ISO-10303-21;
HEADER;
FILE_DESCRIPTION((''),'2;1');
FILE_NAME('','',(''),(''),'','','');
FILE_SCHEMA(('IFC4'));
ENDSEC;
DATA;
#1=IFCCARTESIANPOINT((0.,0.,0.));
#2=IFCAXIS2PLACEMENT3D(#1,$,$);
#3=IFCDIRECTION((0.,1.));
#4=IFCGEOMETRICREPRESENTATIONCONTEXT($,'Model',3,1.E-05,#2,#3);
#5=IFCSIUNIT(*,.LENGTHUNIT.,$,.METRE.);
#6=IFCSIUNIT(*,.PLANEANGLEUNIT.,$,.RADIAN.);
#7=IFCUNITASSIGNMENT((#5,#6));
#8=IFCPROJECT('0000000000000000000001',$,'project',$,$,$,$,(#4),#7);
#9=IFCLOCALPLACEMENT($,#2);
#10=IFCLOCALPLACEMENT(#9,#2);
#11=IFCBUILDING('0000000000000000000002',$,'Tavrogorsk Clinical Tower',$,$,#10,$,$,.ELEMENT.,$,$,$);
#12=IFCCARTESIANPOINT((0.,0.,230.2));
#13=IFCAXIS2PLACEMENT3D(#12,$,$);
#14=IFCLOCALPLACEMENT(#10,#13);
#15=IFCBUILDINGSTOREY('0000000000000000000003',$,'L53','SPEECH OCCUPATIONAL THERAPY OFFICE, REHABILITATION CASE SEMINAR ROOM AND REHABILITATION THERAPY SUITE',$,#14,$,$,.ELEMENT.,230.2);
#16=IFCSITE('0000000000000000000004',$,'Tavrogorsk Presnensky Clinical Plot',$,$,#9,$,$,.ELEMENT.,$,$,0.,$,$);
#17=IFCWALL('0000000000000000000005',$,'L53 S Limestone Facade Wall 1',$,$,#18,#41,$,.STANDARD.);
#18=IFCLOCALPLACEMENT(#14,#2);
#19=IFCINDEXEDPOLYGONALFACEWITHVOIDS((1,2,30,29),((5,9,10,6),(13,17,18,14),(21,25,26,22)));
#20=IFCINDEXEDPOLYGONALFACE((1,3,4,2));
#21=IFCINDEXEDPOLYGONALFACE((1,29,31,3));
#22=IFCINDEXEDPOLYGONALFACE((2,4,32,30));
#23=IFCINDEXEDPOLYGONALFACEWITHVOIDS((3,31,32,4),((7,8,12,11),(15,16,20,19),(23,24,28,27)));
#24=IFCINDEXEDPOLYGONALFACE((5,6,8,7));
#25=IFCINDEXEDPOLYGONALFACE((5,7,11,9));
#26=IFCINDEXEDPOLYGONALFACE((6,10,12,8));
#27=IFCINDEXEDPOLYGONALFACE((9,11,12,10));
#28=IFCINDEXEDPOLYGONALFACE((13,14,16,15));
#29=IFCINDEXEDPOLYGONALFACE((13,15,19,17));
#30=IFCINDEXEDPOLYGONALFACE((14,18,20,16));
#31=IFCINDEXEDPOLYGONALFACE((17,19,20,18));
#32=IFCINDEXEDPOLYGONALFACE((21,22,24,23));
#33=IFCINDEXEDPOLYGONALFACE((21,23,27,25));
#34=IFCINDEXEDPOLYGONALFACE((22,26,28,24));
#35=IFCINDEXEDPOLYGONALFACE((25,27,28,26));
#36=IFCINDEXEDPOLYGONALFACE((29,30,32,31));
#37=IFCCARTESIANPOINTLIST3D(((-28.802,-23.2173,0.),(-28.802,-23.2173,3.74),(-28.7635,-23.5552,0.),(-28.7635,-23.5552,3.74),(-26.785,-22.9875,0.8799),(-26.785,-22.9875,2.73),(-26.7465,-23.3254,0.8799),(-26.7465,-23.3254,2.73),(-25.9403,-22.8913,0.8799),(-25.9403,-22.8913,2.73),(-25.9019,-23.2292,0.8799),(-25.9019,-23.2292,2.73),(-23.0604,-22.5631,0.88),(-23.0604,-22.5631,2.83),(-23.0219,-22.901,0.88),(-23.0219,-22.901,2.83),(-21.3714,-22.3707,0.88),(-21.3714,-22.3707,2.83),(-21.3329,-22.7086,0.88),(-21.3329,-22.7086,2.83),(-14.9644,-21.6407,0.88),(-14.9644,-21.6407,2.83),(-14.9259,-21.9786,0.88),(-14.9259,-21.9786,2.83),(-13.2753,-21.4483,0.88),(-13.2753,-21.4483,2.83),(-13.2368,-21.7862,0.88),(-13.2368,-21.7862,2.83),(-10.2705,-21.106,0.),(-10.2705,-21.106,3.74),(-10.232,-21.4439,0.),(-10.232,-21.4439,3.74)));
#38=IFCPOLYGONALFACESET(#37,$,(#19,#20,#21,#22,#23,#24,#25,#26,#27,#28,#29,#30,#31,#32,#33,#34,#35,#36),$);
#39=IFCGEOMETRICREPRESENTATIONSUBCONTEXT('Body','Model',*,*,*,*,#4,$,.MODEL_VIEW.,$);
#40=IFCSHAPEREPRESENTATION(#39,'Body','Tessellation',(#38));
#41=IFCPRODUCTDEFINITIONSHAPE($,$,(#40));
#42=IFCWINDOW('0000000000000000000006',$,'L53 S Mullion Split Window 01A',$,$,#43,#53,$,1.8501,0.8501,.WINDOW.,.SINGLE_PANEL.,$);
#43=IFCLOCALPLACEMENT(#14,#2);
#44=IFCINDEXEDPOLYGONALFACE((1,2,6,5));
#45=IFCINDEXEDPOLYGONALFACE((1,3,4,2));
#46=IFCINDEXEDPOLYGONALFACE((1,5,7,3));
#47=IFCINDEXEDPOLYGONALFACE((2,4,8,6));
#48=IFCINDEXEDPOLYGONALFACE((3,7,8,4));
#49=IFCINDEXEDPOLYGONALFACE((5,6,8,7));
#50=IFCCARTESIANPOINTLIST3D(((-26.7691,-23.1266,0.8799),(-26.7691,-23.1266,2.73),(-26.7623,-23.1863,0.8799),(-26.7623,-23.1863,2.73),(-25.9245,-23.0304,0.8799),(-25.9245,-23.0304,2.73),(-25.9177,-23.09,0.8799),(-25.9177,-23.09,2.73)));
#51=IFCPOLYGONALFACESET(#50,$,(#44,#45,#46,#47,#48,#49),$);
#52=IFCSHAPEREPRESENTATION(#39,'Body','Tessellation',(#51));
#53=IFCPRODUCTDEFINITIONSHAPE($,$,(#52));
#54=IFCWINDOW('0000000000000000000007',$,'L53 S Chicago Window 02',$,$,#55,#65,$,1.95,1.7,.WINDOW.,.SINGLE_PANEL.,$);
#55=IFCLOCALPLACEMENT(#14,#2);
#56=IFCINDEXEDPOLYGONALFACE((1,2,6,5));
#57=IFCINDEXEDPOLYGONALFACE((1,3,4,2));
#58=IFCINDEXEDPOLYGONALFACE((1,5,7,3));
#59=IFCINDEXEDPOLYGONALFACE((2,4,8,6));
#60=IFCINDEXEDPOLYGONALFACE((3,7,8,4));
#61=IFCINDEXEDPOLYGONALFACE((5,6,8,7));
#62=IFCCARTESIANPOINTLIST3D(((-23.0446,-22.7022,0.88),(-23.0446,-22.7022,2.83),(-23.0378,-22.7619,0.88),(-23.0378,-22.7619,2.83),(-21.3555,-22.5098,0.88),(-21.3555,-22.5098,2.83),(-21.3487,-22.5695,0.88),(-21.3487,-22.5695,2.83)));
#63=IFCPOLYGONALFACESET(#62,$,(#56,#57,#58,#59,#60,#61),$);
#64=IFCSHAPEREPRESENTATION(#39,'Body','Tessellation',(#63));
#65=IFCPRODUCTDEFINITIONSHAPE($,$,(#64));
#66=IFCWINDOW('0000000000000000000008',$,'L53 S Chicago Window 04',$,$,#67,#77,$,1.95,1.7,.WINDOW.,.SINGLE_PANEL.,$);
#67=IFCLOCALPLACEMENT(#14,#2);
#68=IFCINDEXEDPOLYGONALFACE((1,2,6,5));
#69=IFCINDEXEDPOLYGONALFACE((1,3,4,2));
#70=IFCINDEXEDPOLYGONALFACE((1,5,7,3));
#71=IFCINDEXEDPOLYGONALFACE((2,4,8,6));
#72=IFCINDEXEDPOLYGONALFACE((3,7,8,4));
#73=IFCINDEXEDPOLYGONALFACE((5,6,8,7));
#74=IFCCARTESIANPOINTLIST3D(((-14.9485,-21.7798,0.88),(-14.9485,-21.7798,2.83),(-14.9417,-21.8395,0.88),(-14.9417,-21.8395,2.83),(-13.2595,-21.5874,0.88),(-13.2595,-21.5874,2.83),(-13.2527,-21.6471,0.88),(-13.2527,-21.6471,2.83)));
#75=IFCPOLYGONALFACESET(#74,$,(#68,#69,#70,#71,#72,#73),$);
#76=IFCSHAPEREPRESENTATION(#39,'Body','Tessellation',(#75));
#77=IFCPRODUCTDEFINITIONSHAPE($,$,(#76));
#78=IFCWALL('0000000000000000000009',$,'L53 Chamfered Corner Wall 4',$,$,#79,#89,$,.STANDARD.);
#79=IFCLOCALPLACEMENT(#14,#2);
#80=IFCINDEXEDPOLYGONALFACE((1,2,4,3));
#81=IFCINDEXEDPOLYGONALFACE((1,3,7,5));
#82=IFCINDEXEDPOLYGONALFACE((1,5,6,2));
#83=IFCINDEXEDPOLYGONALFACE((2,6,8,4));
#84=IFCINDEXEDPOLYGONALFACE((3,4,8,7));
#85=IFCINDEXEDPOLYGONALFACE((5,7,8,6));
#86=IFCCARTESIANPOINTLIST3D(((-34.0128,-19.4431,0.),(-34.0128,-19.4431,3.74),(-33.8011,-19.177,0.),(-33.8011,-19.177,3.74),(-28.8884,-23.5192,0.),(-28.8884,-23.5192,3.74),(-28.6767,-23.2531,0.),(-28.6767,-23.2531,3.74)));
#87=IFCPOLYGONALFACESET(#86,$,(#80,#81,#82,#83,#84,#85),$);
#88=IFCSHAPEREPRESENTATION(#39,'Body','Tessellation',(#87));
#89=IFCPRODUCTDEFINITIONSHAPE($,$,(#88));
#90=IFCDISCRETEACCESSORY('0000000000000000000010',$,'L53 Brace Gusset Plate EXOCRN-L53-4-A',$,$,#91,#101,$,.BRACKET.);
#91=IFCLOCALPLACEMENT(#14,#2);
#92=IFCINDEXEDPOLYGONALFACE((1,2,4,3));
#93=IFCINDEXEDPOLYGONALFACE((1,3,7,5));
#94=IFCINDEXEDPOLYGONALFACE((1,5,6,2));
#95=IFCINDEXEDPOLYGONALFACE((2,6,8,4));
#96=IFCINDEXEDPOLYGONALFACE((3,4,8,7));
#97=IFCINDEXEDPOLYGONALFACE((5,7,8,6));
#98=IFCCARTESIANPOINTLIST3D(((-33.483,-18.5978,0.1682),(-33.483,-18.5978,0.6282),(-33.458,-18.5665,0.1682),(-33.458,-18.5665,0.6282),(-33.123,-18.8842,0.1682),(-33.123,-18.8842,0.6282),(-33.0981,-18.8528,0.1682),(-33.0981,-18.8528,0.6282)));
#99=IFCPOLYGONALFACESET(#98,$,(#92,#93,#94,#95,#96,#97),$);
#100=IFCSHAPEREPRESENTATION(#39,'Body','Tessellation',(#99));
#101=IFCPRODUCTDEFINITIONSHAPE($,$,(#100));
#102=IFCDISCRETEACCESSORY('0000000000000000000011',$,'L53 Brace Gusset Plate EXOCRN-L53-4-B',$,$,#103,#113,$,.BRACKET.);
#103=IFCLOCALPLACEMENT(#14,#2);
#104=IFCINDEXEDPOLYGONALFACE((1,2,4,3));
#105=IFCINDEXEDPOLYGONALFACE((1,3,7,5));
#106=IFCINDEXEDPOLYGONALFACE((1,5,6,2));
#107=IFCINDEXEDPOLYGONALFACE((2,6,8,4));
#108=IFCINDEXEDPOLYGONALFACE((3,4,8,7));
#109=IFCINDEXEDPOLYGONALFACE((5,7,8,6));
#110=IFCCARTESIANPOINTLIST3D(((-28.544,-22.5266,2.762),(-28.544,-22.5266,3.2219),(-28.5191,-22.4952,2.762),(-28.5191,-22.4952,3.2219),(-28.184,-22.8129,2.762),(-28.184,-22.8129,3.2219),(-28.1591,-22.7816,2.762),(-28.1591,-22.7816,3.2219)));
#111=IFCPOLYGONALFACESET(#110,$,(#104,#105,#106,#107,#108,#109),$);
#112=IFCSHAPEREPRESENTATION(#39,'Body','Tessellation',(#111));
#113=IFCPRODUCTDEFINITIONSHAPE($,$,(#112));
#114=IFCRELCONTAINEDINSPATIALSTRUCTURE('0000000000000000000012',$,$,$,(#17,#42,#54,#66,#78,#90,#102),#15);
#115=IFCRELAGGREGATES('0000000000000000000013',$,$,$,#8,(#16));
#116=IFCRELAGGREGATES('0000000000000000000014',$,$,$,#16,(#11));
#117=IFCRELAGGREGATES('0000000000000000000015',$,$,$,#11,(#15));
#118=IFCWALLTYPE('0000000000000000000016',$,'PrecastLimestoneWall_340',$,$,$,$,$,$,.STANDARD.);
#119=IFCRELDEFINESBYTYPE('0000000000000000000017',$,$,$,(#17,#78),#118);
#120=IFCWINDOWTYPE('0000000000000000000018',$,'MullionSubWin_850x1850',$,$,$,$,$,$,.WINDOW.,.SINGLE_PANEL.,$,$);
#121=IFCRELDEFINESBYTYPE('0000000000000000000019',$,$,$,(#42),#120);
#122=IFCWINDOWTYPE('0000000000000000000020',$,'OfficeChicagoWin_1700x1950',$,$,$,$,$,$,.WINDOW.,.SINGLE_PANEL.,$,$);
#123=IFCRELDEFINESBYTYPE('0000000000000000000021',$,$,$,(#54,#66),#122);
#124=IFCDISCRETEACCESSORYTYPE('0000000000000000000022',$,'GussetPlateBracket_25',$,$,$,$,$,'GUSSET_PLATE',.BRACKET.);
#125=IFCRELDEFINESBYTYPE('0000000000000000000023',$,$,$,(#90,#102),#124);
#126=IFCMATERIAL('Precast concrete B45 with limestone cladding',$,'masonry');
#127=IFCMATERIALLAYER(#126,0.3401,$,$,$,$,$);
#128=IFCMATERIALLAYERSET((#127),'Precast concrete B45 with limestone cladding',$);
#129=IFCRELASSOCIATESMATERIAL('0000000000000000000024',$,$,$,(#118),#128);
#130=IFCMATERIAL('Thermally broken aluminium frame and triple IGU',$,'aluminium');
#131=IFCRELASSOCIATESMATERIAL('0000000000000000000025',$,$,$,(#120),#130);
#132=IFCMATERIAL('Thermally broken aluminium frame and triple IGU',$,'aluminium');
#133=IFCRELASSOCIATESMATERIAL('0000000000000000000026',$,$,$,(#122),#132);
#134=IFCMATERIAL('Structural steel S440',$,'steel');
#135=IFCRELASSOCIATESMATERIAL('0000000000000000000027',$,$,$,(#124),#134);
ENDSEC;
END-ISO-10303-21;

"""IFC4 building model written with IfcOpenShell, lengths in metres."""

from ifc_helpers import new_model, si_unit, direction, frame, frame_2d, origin, origin_2d, place, context, subcontext, project, spatial, rectangle, extrude, material, layer, layer_set, type_object, element, fill, save


model = new_model("IFC4")

# Units and contexts
model_context = context("Model", 3, precision=1e-05, world=origin(), true_north=direction((0.0, 1.0)))
body_context = subcontext(model_context, "Body", "Model", "MODEL_VIEW")
ifc_project = project(units=[si_unit("LENGTHUNIT", "METRE"), si_unit("PLANEANGLEUNIT", "RADIAN")], contexts=[model_context])

# Site, building, storey
site_placement = place(None, origin())
site = spatial("IfcSite", under=ifc_project, at=site_placement, Name="Tavrogorsk Presnensky Clinical Plot", CompositionType="ELEMENT", RefElevation=0.0)
building_placement = place(site_placement, origin())
building = spatial("IfcBuilding", under=site, at=building_placement, Name="Tavrogorsk Clinical Tower", CompositionType="ELEMENT")
storey_placement = place(building_placement, frame((0.0, 0.0, 230.2)))
storey = spatial("IfcBuildingStorey", under=building, at=storey_placement, Name="L53", Description="SPEECH OCCUPATIONAL THERAPY OFFICE, REHABILITATION CASE SEMINAR ROOM AND REHABILITATION THERAPY SUITE", CompositionType="ELEMENT", Elevation=230.2)

# Wall, openings, windows
ifc_material_1 = material(Name="Precast concrete B45 with limestone cladding", Category="masonry")
ifc_layer_1 = layer(ifc_material_1, 0.3401)
ifc_layer_set_1 = layer_set([ifc_layer_1], Name="Precast concrete B45 with limestone cladding")
wall_type_1 = type_object("IfcWallType", Name="PrecastLimestoneWall_340", PredefinedType="STANDARD", material=ifc_layer_set_1)
wall_1_placement = place(storey_placement, frame((-28.7827, -23.3862, 0.0), z_axis=(0.0, 0.0, 1.0), x_axis=(0.993572, 0.1132, 0.0)))
wall_1 = element("IfcWall", 1, at=wall_1_placement, inside=storey, type_object=wall_type_1, Name="L53 S Limestone Facade Wall 1", PredefinedType="STANDARD", context=body_context, shape_type="SweptSolid", body=[
    extrude(rectangle(XDim=18.6514, YDim=0.3401, at=frame_2d((9.3257, 0.0))), origin(), (0.0, 0.0, 1.0), 3.74),
])
opening_1_placement = place(wall_1_placement, frame((2.03, 0.0, 0.8799)))
opening_1 = element("IfcOpeningElement", 2, at=opening_1_placement, cuts=wall_1, PredefinedType="OPENING", context=body_context, shape_type="SweptSolid", body=[
    extrude(rectangle(XDim=0.8501, YDim=1.8501, at=frame_2d((0.425, 0.925))), frame((0.0, 0.1799, 0.0), z_axis=(0.0, -1.0, 0.0), x_axis=(1.0, 0.0, 0.0)), (0.0, 0.0, 1.0), 0.3601),
])
opening_2_placement = place(wall_1_placement, frame((5.7786, 0.0, 0.8799)))
opening_2 = element("IfcOpeningElement", 3, at=opening_2_placement, cuts=wall_1, PredefinedType="OPENING", context=body_context, shape_type="SweptSolid", body=[
    extrude(rectangle(XDim=1.7, YDim=1.95, at=frame_2d((0.8501, 0.9751))), frame((0.0, 0.1799, 0.0), z_axis=(0.0, -1.0, 0.0), x_axis=(1.0, 0.0, 0.0)), (0.0, 0.0, 1.0), 0.3601),
])
opening_3_placement = place(wall_1_placement, frame((13.927, 0.0, 0.8799)))
opening_3 = element("IfcOpeningElement", 4, at=opening_3_placement, cuts=wall_1, PredefinedType="OPENING", context=body_context, shape_type="SweptSolid", body=[
    extrude(rectangle(XDim=1.7, YDim=1.95, at=frame_2d((0.8501, 0.9751))), frame((0.0, 0.1799, 0.0), z_axis=(0.0, -1.0, 0.0), x_axis=(1.0, 0.0, 0.0)), (0.0, 0.0, 1.0), 0.3601),
])
ifc_material_2 = material(Name="Thermally broken aluminium frame and triple IGU", Category="aluminium")
window_type_1 = type_object("IfcWindowType", Name="MullionSubWin_850x1850", PartitioningType="SINGLE_PANEL", PredefinedType="WINDOW", material=ifc_material_2)
window_1_placement = place(opening_1_placement, origin())
window_1 = element("IfcWindow", 5, at=window_1_placement, inside=storey, type_object=window_type_1, Name="L53 S Mullion Split Window 01A", OverallHeight=1.8501, OverallWidth=0.8501, PartitioningType="SINGLE_PANEL", PredefinedType="WINDOW", context=body_context, shape_type="SweptSolid", body=[
    extrude(rectangle(XDim=0.8501, YDim=1.8501, at=frame_2d((0.425, 0.925))), frame((0.0, 0.03, 0.0), z_axis=(0.0, -1.0, 0.0), x_axis=(1.0, 0.0, 0.0)), (0.0, 0.0, 1.0), 0.0601),
])
fill(opening_1, window_1)
ifc_material_3 = material(Name="Thermally broken aluminium frame and triple IGU", Category="aluminium")
window_type_2 = type_object("IfcWindowType", Name="OfficeChicagoWin_1700x1950", PartitioningType="SINGLE_PANEL", PredefinedType="WINDOW", material=ifc_material_3)
window_2_placement = place(opening_2_placement, origin())
window_2 = element("IfcWindow", 6, at=window_2_placement, inside=storey, type_object=window_type_2, Name="L53 S Chicago Window 02", OverallHeight=1.95, OverallWidth=1.7, PartitioningType="SINGLE_PANEL", PredefinedType="WINDOW", context=body_context, shape_type="SweptSolid", body=[
    extrude(rectangle(XDim=1.7, YDim=1.95, at=frame_2d((0.8501, 0.9751))), frame((0.0, 0.03, 0.0), z_axis=(0.0, -1.0, 0.0), x_axis=(1.0, 0.0, 0.0)), (0.0, 0.0, 1.0), 0.0601),
])
fill(opening_2, window_2)
window_3_placement = place(opening_3_placement, origin())
window_3 = element("IfcWindow", 7, at=window_3_placement, inside=storey, type_object=window_type_2, Name="L53 S Chicago Window 04", OverallHeight=1.95, OverallWidth=1.7, PartitioningType="SINGLE_PANEL", PredefinedType="WINDOW", context=body_context, shape_type="SweptSolid", body=[
    extrude(rectangle(XDim=1.7, YDim=1.95, at=frame_2d((0.8501, 0.9751))), frame((0.0, 0.03, 0.0), z_axis=(0.0, -1.0, 0.0), x_axis=(1.0, 0.0, 0.0)), (0.0, 0.0, 1.0), 0.0601),
])
fill(opening_3, window_3)

# Wall
wall_2_placement = place(storey_placement, frame((-33.907, -19.3101, 0.0), z_axis=(0.0, 0.0, 1.0), x_axis=(0.782612, -0.62251, 0.0)))
element("IfcWall", 8, at=wall_2_placement, inside=storey, type_object=wall_type_1, Name="L53 Chamfered Corner Wall 4", PredefinedType="STANDARD", context=body_context, shape_type="SweptSolid", body=[
    extrude(rectangle(XDim=6.5479, YDim=0.3401, at=frame_2d((3.2739, 0.0))), origin(), (0.0, 0.0, 1.0), 3.74),
])

# Discrete accessories
ifc_material_4 = material(Name="Structural steel S440", Category="steel")
discrete_accessory_type = type_object("IfcDiscreteAccessoryType", Name="GussetPlateBracket_25", ElementType="GUSSET_PLATE", PredefinedType="BRACKET", material=ifc_material_4)
for number, where, z_axis, x_axis, name in (
    (9, (-33.2905, -18.7253, 0.1682), (0.0, 0.0, 1.0), (0.782608, -0.622515, 0.0), "L53 Brace Gusset Plate EXOCRN-L53-4-A"),
    (10, (-28.3516, -22.6541, 2.762), (0.0, 0.0, 1.0), (0.782608, -0.622515, 0.0), "L53 Brace Gusset Plate EXOCRN-L53-4-B"),
):
    element("IfcDiscreteAccessory", number, at=place(storey_placement, frame(where, z_axis=z_axis, x_axis=x_axis)), inside=storey, type_object=discrete_accessory_type, Name=name, PredefinedType="BRACKET", context=body_context, shape_type="SweptSolid", body=[
        extrude(rectangle(XDim=0.46, YDim=0.04, at=origin_2d()), origin(), (0.0, 0.0, 1.0), 0.46),
    ])

save(model, "model.ifc")
